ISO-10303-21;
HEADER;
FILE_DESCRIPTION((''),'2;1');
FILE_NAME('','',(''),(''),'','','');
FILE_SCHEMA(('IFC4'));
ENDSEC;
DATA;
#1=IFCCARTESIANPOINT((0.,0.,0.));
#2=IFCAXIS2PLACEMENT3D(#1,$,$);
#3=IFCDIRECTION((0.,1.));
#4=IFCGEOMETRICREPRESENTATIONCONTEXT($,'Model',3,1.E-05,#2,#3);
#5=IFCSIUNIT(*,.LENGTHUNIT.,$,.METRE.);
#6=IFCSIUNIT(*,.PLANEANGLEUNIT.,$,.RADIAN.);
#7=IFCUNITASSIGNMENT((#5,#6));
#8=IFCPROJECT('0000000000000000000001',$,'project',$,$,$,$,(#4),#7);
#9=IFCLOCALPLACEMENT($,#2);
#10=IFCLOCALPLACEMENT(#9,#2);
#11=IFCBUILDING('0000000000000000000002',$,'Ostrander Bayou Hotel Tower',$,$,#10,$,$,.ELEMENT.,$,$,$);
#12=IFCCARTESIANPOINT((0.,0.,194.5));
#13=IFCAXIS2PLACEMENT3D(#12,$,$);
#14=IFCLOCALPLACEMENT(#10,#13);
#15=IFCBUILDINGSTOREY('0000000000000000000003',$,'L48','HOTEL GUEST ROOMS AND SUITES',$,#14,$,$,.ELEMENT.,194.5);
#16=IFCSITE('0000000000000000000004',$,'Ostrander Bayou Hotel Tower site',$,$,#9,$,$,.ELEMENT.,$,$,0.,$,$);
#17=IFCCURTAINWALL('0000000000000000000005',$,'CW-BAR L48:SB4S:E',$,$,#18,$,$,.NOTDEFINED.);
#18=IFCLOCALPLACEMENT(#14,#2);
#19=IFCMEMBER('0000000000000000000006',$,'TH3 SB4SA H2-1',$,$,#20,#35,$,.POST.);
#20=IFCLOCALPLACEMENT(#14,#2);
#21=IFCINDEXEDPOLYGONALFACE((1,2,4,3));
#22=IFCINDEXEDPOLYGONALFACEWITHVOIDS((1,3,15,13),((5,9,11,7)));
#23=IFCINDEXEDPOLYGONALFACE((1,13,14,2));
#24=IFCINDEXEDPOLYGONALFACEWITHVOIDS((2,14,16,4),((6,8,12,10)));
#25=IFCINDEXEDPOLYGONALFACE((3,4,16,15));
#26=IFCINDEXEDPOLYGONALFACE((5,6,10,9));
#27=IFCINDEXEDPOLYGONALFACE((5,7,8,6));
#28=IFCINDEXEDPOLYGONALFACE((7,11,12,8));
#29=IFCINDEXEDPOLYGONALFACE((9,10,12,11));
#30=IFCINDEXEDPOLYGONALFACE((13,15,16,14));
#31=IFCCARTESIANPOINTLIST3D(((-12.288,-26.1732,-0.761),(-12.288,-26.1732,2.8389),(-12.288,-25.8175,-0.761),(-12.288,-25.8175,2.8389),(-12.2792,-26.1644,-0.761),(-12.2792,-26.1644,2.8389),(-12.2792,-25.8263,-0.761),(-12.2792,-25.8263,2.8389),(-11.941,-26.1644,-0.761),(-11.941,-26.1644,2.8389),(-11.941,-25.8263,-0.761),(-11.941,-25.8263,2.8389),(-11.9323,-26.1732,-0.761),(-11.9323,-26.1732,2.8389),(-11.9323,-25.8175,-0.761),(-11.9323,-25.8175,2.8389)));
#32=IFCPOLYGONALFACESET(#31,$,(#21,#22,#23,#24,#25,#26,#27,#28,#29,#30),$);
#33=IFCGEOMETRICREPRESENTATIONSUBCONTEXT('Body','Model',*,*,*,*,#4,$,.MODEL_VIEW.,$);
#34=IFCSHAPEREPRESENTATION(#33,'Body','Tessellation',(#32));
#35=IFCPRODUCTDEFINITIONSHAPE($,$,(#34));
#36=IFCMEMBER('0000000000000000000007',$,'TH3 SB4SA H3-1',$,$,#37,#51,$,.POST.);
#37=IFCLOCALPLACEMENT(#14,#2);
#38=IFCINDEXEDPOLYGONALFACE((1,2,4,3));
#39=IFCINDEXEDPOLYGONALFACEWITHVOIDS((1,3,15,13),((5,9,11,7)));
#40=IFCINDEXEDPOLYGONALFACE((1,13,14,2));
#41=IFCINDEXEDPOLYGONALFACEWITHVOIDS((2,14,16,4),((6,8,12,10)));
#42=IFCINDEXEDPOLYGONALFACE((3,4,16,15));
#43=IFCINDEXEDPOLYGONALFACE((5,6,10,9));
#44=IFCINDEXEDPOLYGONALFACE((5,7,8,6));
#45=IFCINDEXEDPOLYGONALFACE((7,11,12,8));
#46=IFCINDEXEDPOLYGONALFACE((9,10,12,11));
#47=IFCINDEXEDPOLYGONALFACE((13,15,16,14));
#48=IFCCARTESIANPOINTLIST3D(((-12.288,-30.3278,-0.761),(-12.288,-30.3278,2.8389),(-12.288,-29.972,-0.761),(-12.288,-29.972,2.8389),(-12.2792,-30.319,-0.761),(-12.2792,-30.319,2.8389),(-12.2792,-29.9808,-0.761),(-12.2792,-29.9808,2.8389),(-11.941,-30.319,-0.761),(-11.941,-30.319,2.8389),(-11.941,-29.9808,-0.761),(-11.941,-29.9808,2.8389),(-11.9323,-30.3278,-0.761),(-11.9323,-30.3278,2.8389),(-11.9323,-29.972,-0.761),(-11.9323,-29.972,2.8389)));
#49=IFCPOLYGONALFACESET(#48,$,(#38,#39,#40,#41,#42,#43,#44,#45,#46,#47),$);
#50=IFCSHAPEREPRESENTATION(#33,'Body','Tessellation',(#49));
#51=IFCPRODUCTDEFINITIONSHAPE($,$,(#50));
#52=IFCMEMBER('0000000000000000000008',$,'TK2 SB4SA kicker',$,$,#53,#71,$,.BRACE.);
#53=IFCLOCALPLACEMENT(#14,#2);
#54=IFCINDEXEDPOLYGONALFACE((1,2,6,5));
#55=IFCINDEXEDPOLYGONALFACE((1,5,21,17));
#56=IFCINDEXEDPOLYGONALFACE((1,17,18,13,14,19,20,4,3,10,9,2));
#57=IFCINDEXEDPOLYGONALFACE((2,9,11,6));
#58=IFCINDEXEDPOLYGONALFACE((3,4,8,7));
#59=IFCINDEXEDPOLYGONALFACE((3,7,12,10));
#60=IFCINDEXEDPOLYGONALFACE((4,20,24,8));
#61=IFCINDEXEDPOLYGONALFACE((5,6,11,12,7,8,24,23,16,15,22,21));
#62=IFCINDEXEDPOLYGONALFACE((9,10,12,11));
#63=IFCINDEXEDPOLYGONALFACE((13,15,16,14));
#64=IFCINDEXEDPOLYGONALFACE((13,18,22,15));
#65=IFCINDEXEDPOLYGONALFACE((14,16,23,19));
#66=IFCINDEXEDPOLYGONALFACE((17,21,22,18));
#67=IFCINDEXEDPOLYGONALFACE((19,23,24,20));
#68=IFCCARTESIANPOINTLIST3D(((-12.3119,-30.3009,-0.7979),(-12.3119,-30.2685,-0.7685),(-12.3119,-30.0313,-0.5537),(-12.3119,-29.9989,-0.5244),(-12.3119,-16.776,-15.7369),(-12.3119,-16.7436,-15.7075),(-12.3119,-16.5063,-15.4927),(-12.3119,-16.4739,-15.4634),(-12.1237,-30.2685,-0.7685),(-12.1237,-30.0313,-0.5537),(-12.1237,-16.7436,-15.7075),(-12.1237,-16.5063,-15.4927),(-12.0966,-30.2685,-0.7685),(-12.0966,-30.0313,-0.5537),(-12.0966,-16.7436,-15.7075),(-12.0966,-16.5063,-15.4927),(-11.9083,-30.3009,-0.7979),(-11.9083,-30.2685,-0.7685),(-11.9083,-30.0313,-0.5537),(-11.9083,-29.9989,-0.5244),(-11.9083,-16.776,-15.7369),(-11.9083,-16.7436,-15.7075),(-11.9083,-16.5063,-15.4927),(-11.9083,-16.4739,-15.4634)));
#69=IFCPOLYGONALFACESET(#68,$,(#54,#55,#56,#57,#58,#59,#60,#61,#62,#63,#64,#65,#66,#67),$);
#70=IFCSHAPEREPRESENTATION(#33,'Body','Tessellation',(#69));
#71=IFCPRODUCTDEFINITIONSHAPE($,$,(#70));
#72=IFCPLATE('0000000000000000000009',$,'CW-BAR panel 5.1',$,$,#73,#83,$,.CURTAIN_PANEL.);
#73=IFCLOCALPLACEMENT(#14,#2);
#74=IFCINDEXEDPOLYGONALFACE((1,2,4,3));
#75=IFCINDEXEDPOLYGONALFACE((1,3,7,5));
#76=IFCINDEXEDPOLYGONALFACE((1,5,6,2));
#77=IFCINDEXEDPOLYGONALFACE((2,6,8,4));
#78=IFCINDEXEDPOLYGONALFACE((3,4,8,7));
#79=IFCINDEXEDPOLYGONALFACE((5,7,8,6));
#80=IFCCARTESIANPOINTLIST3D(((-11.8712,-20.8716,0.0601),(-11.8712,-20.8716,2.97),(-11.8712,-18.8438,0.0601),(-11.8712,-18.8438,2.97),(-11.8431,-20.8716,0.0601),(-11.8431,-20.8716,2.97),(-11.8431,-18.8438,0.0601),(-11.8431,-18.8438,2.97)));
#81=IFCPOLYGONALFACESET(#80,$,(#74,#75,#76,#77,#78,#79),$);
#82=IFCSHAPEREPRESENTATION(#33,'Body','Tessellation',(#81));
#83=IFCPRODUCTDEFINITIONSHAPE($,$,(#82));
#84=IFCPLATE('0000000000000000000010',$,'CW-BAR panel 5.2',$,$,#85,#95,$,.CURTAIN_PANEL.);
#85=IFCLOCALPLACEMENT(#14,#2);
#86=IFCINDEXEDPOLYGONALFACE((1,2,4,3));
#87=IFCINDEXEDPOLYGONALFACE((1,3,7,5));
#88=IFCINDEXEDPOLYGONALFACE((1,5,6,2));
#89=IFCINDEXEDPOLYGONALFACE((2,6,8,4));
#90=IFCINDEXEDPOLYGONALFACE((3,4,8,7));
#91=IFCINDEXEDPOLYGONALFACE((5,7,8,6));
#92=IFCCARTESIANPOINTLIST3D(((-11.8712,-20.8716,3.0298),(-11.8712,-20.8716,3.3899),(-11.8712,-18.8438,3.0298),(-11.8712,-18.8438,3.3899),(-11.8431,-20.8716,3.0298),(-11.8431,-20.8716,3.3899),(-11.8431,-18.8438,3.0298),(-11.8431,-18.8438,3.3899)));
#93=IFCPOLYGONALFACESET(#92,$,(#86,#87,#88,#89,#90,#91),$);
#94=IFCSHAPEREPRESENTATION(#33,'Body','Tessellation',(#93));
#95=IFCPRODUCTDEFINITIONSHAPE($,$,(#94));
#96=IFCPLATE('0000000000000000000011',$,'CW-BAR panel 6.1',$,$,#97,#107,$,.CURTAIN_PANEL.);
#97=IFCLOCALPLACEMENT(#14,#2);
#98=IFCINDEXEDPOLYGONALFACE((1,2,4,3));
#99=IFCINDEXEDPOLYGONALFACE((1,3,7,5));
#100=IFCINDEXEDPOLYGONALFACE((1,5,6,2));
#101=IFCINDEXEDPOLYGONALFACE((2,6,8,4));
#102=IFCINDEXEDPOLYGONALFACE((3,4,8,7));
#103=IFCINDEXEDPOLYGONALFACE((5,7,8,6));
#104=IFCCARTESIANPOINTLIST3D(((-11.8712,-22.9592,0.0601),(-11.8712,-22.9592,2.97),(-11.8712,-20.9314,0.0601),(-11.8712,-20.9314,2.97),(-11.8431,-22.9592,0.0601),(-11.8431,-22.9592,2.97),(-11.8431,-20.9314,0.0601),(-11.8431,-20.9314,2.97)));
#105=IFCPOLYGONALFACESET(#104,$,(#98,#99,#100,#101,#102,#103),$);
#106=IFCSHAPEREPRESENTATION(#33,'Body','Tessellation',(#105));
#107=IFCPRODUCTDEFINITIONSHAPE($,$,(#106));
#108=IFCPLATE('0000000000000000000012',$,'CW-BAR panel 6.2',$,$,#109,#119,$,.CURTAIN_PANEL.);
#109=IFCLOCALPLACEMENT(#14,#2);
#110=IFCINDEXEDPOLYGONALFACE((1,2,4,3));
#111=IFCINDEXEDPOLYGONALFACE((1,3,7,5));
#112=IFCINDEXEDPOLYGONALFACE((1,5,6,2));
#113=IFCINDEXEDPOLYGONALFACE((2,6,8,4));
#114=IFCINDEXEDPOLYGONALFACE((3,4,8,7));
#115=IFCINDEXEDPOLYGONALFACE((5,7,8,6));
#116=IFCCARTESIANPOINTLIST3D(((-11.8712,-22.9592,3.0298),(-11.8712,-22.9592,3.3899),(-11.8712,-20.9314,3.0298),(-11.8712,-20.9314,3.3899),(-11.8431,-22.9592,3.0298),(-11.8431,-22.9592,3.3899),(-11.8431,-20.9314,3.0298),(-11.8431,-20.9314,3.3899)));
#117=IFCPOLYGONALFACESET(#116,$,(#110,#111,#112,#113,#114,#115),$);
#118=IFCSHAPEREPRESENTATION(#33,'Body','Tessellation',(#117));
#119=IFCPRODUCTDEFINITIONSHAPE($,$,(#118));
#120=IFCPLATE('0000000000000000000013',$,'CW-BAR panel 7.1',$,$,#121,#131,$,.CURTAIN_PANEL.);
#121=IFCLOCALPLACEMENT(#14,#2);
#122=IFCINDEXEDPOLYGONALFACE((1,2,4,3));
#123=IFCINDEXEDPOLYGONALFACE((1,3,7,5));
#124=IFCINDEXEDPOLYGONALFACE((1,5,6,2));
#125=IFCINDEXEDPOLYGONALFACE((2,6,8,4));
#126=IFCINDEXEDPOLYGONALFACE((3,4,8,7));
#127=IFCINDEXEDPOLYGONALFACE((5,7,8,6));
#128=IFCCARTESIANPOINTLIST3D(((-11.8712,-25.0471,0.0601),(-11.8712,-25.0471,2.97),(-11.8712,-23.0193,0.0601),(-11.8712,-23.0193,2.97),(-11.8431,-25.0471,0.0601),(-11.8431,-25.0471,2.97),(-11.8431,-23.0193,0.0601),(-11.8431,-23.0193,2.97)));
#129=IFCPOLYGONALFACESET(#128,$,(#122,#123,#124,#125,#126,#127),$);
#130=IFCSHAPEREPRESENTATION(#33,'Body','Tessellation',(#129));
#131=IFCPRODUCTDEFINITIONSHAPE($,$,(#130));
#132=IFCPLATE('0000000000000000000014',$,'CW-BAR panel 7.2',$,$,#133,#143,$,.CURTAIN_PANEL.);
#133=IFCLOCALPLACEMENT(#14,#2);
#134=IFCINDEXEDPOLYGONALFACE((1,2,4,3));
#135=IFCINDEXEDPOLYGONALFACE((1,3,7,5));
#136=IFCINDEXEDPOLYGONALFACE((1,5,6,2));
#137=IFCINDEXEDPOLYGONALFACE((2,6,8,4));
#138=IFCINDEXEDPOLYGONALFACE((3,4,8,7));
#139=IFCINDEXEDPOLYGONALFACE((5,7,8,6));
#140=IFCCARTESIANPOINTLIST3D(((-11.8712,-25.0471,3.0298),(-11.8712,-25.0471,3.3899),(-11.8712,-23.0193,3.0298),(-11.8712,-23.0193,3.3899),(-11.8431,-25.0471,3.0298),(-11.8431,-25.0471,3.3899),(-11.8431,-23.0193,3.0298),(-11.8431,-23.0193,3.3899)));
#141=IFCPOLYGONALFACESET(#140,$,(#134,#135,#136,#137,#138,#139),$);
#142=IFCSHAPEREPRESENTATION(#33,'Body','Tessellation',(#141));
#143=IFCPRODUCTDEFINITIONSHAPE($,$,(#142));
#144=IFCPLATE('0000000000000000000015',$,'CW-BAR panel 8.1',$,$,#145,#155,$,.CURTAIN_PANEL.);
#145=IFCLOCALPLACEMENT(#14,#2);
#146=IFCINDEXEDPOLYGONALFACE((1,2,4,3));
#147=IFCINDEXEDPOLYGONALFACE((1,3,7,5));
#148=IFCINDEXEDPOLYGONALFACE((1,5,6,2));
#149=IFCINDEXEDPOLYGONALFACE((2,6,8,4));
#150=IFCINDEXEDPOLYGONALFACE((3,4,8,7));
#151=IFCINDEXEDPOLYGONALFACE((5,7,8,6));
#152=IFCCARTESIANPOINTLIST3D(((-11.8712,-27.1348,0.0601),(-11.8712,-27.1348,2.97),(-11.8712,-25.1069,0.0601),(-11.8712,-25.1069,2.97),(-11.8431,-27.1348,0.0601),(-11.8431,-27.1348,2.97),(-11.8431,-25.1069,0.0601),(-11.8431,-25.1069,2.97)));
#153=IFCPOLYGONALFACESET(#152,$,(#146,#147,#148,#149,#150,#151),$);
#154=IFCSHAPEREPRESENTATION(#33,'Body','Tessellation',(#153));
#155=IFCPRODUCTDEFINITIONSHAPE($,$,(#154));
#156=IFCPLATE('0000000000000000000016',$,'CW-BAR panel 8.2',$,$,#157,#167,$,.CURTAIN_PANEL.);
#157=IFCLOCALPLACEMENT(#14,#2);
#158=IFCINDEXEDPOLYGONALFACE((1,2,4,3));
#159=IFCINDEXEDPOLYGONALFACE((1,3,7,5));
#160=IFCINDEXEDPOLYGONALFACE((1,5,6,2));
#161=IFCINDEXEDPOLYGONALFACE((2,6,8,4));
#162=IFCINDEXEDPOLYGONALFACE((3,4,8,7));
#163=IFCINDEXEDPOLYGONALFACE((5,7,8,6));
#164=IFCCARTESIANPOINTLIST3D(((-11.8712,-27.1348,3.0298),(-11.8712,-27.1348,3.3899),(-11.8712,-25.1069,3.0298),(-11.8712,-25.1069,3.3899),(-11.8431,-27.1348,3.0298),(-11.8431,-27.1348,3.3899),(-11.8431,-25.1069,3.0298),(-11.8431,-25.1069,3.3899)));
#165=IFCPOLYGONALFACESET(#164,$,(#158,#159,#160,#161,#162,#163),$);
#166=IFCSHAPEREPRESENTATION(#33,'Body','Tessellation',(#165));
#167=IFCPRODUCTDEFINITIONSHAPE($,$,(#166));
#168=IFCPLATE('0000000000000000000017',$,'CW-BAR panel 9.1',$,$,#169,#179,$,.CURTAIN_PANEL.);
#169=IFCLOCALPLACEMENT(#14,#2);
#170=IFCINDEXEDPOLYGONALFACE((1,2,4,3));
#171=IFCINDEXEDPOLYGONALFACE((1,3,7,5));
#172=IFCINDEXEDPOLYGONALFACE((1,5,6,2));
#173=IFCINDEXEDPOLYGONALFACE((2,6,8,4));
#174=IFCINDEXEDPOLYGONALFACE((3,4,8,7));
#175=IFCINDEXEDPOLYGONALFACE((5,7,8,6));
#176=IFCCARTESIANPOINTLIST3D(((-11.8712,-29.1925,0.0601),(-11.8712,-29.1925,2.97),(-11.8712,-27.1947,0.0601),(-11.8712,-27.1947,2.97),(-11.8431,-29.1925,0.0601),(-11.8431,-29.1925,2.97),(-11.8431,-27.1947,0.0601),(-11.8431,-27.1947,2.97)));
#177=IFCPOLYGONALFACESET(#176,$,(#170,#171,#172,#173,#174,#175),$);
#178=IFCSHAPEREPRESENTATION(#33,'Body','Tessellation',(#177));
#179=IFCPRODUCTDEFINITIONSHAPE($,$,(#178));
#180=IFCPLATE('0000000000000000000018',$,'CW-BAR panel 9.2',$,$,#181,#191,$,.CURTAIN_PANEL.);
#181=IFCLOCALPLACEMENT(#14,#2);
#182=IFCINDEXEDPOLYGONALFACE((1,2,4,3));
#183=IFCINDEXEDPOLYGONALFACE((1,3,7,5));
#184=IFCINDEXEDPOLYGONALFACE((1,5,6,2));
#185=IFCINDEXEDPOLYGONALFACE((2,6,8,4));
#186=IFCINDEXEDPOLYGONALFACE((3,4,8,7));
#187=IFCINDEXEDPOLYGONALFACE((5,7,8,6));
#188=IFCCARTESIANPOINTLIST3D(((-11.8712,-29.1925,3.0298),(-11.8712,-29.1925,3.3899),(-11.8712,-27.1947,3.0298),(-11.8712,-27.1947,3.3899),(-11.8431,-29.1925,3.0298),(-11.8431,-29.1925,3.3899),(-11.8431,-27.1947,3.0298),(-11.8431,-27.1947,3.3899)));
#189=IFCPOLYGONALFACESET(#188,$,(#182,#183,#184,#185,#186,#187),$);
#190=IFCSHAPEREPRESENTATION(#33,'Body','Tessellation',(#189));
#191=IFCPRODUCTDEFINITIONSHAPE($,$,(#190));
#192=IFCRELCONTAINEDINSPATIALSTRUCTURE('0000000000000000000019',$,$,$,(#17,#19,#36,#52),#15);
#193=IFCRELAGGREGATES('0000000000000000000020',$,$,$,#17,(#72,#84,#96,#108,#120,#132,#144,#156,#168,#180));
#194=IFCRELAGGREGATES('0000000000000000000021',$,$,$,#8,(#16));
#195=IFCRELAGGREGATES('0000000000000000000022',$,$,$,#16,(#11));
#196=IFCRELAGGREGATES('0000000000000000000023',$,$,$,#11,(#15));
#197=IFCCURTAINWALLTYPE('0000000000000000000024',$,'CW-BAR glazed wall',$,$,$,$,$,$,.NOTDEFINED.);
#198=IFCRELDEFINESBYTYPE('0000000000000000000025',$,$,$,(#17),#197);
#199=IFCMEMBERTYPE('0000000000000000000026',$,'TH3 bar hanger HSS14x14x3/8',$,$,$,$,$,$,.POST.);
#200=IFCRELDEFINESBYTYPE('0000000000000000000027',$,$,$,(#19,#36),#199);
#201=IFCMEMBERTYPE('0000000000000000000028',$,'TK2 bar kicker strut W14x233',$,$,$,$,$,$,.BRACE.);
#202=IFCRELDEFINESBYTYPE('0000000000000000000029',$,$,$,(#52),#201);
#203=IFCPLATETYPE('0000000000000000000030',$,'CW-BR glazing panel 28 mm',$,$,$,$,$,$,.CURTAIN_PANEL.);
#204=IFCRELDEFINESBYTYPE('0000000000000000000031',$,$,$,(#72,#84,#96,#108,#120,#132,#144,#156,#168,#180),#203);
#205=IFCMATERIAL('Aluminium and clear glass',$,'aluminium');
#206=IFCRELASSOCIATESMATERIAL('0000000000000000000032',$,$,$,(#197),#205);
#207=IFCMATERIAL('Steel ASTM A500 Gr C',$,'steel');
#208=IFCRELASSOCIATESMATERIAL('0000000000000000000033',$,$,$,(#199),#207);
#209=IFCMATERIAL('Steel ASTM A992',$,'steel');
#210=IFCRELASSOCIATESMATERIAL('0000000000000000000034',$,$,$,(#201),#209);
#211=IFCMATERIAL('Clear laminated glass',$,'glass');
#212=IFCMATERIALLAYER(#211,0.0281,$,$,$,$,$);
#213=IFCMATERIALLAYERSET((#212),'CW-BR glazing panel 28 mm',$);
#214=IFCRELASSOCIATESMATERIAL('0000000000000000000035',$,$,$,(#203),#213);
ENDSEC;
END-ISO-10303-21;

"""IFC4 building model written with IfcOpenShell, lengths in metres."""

from ifc_helpers import new_model, si_unit, direction, frame, origin, origin_2d, place, context, subcontext, project, spatial, rectangle, hollow_rectangle, i_section, extrude, material, layer, layer_set, material_profile, profile_set, type_object, element, aggregate, save


model = new_model("IFC4")

# Units and contexts
model_context = context("Model", 3, precision=1e-05, world=origin(), true_north=direction((0.0, 1.0)))
body_context = subcontext(model_context, "Body", "Model", "MODEL_VIEW")
ifc_project = project(units=[si_unit("LENGTHUNIT", "METRE"), si_unit("PLANEANGLEUNIT", "RADIAN")], contexts=[model_context])

# Site, building, storey
site_placement = place(None, origin())
site = spatial("IfcSite", under=ifc_project, at=site_placement, Name="Ostrander Bayou Hotel Tower site", CompositionType="ELEMENT", RefElevation=0.0)
building_placement = place(site_placement, origin())
building = spatial("IfcBuilding", under=site, at=building_placement, Name="Ostrander Bayou Hotel Tower", CompositionType="ELEMENT")
storey_placement = place(building_placement, frame((0.0, 0.0, 194.5)))
storey = spatial("IfcBuildingStorey", under=building, at=storey_placement, Name="L48", Description="HOTEL GUEST ROOMS AND SUITES", CompositionType="ELEMENT", Elevation=194.5)

# Curtain wall
ifc_material_1 = material(Name="Aluminium and clear glass", Category="aluminium")
curtain_wall_type = type_object("IfcCurtainWallType", Name="CW-BAR glazed wall", PredefinedType="NOTDEFINED", material=ifc_material_1)
curtain_wall_placement = place(storey_placement, origin())
curtain_wall = element("IfcCurtainWall", 1, at=curtain_wall_placement, inside=storey, type_object=curtain_wall_type, Name="CW-BAR L48:SB4S:E", PredefinedType="NOTDEFINED")

# Members
ifc_material_2 = material(Name="Steel ASTM A500 Gr C", Category="steel")
ifc_material_profile_1 = material_profile(ifc_material_2, hollow_rectangle(XDim=0.3557, YDim=0.3557, WallThickness=0.0088, at=origin_2d()))
ifc_profile_set_1 = profile_set([ifc_material_profile_1], Name="Steel ASTM A500 Gr C")
member_type_1 = type_object("IfcMemberType", Name="TH3 bar hanger HSS14x14x3/8", PredefinedType="POST", material=ifc_profile_set_1)
for number, where, z_axis, x_axis, name in (
    (2, (-12.1101, -25.9954, -0.761), (0.0, 0.0, 1.0), (1.0, 0.0, 0.0), "TH3 SB4SA H2-1"),
    (3, (-12.1101, -30.1499, -0.761), (0.0, 0.0, 1.0), (1.0, 0.0, 0.0), "TH3 SB4SA H3-1"),
):
    element("IfcMember", number, at=place(storey_placement, frame(where, z_axis=z_axis, x_axis=x_axis)), inside=storey, type_object=member_type_1, Name=name, PredefinedType="POST", context=body_context, shape_type="SweptSolid", body=[
        extrude(hollow_rectangle(XDim=0.3557, YDim=0.3557, WallThickness=0.0088, at=origin_2d()), origin(), (0.0, 0.0, 1.0), 3.5999),
    ])
ifc_material_3 = material(Name="Steel ASTM A992", Category="steel")
ifc_material_profile_2 = material_profile(ifc_material_3, i_section(OverallWidth=0.4036, OverallDepth=0.4075, WebThickness=0.0271, FlangeThickness=0.0437, at=origin_2d()))
ifc_profile_set_2 = profile_set([ifc_material_profile_2], Name="Steel ASTM A992")
member_type_2 = type_object("IfcMemberType", Name="TK2 bar kicker strut W14x233", PredefinedType="BRACE", material=ifc_profile_set_2)
member_1_placement = place(storey_placement, frame((-12.1101, -30.1499, -0.6611), z_axis=(0.0, 0.671151, -0.741321), x_axis=(-1.0, 0.0, 0.0)))
element("IfcMember", 4, at=member_1_placement, inside=storey, type_object=member_type_2, Name="TK2 SB4SA kicker", PredefinedType="BRACE", context=body_context, shape_type="SweptSolid", body=[
    extrude(i_section(OverallWidth=0.4036, OverallDepth=0.4075, WebThickness=0.0271, FlangeThickness=0.0437, at=origin_2d()), origin(), (0.0, 0.0, 1.0), 20.1519),
])

# Plates
ifc_material_4 = material(Name="Clear laminated glass", Category="glass")
ifc_layer_1 = layer(ifc_material_4, 0.0281)
ifc_layer_set_1 = layer_set([ifc_layer_1], Name="CW-BR glazing panel 28 mm")
plate_type = type_object("IfcPlateType", Name="CW-BR glazing panel 28 mm", PredefinedType="CURTAIN_PANEL", material=ifc_layer_set_1)
plate_1_placement = place(storey_placement, frame((-11.8572, -19.8577, 0.0601), z_axis=(0.0, 0.0, 1.0), x_axis=(0.0, -1.0, 0.0)))
plate_1 = element("IfcPlate", 5, at=plate_1_placement, type_object=plate_type, Name="CW-BAR panel 5.1", PredefinedType="CURTAIN_PANEL", context=body_context, shape_type="SweptSolid", body=[
    extrude(rectangle(XDim=2.0278, YDim=0.0281, at=origin_2d()), origin(), (0.0, 0.0, 1.0), 2.9099),
])
plate_2_placement = place(storey_placement, frame((-11.8572, -19.8577, 3.0298), z_axis=(0.0, 0.0, 1.0), x_axis=(0.0, -1.0, 0.0)))
plate_2 = element("IfcPlate", 6, at=plate_2_placement, type_object=plate_type, Name="CW-BAR panel 5.2", PredefinedType="CURTAIN_PANEL", context=body_context, shape_type="SweptSolid", body=[
    extrude(rectangle(XDim=2.0278, YDim=0.0281, at=origin_2d()), origin(), (0.0, 0.0, 1.0), 0.3601),
])
plate_3_placement = place(storey_placement, frame((-11.8572, -21.9453, 0.0601), z_axis=(0.0, 0.0, 1.0), x_axis=(0.0, -1.0, 0.0)))
plate_3 = element("IfcPlate", 7, at=plate_3_placement, type_object=plate_type, Name="CW-BAR panel 6.1", PredefinedType="CURTAIN_PANEL", context=body_context, shape_type="SweptSolid", body=[
    extrude(rectangle(XDim=2.0278, YDim=0.0281, at=origin_2d()), origin(), (0.0, 0.0, 1.0), 2.9099),
])
plate_4_placement = place(storey_placement, frame((-11.8572, -21.9453, 3.0298), z_axis=(0.0, 0.0, 1.0), x_axis=(0.0, -1.0, 0.0)))
plate_4 = element("IfcPlate", 8, at=plate_4_placement, type_object=plate_type, Name="CW-BAR panel 6.2", PredefinedType="CURTAIN_PANEL", context=body_context, shape_type="SweptSolid", body=[
    extrude(rectangle(XDim=2.0278, YDim=0.0281, at=origin_2d()), origin(), (0.0, 0.0, 1.0), 0.3601),
])
plate_5_placement = place(storey_placement, frame((-11.8572, -24.0332, 0.0601), z_axis=(0.0, 0.0, 1.0), x_axis=(0.0, -1.0, 0.0)))
plate_5 = element("IfcPlate", 9, at=plate_5_placement, type_object=plate_type, Name="CW-BAR panel 7.1", PredefinedType="CURTAIN_PANEL", context=body_context, shape_type="SweptSolid", body=[
    extrude(rectangle(XDim=2.0278, YDim=0.0281, at=origin_2d()), origin(), (0.0, 0.0, 1.0), 2.9099),
])
plate_6_placement = place(storey_placement, frame((-11.8572, -24.0332, 3.0298), z_axis=(0.0, 0.0, 1.0), x_axis=(0.0, -1.0, 0.0)))
plate_6 = element("IfcPlate", 10, at=plate_6_placement, type_object=plate_type, Name="CW-BAR panel 7.2", PredefinedType="CURTAIN_PANEL", context=body_context, shape_type="SweptSolid", body=[
    extrude(rectangle(XDim=2.0278, YDim=0.0281, at=origin_2d()), origin(), (0.0, 0.0, 1.0), 0.3601),
])
plate_7_placement = place(storey_placement, frame((-11.8572, -26.1208, 0.0601), z_axis=(0.0, 0.0, 1.0), x_axis=(0.0, -1.0, 0.0)))
plate_7 = element("IfcPlate", 11, at=plate_7_placement, type_object=plate_type, Name="CW-BAR panel 8.1", PredefinedType="CURTAIN_PANEL", context=body_context, shape_type="SweptSolid", body=[
    extrude(rectangle(XDim=2.0278, YDim=0.0281, at=origin_2d()), origin(), (0.0, 0.0, 1.0), 2.9099),
])
plate_8_placement = place(storey_placement, frame((-11.8572, -26.1208, 3.0298), z_axis=(0.0, 0.0, 1.0), x_axis=(0.0, -1.0, 0.0)))
plate_8 = element("IfcPlate", 12, at=plate_8_placement, type_object=plate_type, Name="CW-BAR panel 8.2", PredefinedType="CURTAIN_PANEL", context=body_context, shape_type="SweptSolid", body=[
    extrude(rectangle(XDim=2.0278, YDim=0.0281, at=origin_2d()), origin(), (0.0, 0.0, 1.0), 0.3601),
])
plate_9_placement = place(storey_placement, frame((-11.8572, -28.1936, 0.0601), z_axis=(0.0, 0.0, 1.0), x_axis=(0.0, -1.0, 0.0)))
plate_9 = element("IfcPlate", 13, at=plate_9_placement, type_object=plate_type, Name="CW-BAR panel 9.1", PredefinedType="CURTAIN_PANEL", context=body_context, shape_type="SweptSolid", body=[
    extrude(rectangle(XDim=1.9978, YDim=0.0281, at=origin_2d()), origin(), (0.0, 0.0, 1.0), 2.9099),
])
plate_10_placement = place(storey_placement, frame((-11.8572, -28.1936, 3.0298), z_axis=(0.0, 0.0, 1.0), x_axis=(0.0, -1.0, 0.0)))
plate_10 = element("IfcPlate", 14, at=plate_10_placement, type_object=plate_type, Name="CW-BAR panel 9.2", PredefinedType="CURTAIN_PANEL", context=body_context, shape_type="SweptSolid", body=[
    extrude(rectangle(XDim=1.9978, YDim=0.0281, at=origin_2d()), origin(), (0.0, 0.0, 1.0), 0.3601),
])
aggregate(curtain_wall, [plate_1, plate_2, plate_3, plate_4, plate_5, plate_6, plate_7, plate_8, plate_9, plate_10])

save(model, "model.ifc")
